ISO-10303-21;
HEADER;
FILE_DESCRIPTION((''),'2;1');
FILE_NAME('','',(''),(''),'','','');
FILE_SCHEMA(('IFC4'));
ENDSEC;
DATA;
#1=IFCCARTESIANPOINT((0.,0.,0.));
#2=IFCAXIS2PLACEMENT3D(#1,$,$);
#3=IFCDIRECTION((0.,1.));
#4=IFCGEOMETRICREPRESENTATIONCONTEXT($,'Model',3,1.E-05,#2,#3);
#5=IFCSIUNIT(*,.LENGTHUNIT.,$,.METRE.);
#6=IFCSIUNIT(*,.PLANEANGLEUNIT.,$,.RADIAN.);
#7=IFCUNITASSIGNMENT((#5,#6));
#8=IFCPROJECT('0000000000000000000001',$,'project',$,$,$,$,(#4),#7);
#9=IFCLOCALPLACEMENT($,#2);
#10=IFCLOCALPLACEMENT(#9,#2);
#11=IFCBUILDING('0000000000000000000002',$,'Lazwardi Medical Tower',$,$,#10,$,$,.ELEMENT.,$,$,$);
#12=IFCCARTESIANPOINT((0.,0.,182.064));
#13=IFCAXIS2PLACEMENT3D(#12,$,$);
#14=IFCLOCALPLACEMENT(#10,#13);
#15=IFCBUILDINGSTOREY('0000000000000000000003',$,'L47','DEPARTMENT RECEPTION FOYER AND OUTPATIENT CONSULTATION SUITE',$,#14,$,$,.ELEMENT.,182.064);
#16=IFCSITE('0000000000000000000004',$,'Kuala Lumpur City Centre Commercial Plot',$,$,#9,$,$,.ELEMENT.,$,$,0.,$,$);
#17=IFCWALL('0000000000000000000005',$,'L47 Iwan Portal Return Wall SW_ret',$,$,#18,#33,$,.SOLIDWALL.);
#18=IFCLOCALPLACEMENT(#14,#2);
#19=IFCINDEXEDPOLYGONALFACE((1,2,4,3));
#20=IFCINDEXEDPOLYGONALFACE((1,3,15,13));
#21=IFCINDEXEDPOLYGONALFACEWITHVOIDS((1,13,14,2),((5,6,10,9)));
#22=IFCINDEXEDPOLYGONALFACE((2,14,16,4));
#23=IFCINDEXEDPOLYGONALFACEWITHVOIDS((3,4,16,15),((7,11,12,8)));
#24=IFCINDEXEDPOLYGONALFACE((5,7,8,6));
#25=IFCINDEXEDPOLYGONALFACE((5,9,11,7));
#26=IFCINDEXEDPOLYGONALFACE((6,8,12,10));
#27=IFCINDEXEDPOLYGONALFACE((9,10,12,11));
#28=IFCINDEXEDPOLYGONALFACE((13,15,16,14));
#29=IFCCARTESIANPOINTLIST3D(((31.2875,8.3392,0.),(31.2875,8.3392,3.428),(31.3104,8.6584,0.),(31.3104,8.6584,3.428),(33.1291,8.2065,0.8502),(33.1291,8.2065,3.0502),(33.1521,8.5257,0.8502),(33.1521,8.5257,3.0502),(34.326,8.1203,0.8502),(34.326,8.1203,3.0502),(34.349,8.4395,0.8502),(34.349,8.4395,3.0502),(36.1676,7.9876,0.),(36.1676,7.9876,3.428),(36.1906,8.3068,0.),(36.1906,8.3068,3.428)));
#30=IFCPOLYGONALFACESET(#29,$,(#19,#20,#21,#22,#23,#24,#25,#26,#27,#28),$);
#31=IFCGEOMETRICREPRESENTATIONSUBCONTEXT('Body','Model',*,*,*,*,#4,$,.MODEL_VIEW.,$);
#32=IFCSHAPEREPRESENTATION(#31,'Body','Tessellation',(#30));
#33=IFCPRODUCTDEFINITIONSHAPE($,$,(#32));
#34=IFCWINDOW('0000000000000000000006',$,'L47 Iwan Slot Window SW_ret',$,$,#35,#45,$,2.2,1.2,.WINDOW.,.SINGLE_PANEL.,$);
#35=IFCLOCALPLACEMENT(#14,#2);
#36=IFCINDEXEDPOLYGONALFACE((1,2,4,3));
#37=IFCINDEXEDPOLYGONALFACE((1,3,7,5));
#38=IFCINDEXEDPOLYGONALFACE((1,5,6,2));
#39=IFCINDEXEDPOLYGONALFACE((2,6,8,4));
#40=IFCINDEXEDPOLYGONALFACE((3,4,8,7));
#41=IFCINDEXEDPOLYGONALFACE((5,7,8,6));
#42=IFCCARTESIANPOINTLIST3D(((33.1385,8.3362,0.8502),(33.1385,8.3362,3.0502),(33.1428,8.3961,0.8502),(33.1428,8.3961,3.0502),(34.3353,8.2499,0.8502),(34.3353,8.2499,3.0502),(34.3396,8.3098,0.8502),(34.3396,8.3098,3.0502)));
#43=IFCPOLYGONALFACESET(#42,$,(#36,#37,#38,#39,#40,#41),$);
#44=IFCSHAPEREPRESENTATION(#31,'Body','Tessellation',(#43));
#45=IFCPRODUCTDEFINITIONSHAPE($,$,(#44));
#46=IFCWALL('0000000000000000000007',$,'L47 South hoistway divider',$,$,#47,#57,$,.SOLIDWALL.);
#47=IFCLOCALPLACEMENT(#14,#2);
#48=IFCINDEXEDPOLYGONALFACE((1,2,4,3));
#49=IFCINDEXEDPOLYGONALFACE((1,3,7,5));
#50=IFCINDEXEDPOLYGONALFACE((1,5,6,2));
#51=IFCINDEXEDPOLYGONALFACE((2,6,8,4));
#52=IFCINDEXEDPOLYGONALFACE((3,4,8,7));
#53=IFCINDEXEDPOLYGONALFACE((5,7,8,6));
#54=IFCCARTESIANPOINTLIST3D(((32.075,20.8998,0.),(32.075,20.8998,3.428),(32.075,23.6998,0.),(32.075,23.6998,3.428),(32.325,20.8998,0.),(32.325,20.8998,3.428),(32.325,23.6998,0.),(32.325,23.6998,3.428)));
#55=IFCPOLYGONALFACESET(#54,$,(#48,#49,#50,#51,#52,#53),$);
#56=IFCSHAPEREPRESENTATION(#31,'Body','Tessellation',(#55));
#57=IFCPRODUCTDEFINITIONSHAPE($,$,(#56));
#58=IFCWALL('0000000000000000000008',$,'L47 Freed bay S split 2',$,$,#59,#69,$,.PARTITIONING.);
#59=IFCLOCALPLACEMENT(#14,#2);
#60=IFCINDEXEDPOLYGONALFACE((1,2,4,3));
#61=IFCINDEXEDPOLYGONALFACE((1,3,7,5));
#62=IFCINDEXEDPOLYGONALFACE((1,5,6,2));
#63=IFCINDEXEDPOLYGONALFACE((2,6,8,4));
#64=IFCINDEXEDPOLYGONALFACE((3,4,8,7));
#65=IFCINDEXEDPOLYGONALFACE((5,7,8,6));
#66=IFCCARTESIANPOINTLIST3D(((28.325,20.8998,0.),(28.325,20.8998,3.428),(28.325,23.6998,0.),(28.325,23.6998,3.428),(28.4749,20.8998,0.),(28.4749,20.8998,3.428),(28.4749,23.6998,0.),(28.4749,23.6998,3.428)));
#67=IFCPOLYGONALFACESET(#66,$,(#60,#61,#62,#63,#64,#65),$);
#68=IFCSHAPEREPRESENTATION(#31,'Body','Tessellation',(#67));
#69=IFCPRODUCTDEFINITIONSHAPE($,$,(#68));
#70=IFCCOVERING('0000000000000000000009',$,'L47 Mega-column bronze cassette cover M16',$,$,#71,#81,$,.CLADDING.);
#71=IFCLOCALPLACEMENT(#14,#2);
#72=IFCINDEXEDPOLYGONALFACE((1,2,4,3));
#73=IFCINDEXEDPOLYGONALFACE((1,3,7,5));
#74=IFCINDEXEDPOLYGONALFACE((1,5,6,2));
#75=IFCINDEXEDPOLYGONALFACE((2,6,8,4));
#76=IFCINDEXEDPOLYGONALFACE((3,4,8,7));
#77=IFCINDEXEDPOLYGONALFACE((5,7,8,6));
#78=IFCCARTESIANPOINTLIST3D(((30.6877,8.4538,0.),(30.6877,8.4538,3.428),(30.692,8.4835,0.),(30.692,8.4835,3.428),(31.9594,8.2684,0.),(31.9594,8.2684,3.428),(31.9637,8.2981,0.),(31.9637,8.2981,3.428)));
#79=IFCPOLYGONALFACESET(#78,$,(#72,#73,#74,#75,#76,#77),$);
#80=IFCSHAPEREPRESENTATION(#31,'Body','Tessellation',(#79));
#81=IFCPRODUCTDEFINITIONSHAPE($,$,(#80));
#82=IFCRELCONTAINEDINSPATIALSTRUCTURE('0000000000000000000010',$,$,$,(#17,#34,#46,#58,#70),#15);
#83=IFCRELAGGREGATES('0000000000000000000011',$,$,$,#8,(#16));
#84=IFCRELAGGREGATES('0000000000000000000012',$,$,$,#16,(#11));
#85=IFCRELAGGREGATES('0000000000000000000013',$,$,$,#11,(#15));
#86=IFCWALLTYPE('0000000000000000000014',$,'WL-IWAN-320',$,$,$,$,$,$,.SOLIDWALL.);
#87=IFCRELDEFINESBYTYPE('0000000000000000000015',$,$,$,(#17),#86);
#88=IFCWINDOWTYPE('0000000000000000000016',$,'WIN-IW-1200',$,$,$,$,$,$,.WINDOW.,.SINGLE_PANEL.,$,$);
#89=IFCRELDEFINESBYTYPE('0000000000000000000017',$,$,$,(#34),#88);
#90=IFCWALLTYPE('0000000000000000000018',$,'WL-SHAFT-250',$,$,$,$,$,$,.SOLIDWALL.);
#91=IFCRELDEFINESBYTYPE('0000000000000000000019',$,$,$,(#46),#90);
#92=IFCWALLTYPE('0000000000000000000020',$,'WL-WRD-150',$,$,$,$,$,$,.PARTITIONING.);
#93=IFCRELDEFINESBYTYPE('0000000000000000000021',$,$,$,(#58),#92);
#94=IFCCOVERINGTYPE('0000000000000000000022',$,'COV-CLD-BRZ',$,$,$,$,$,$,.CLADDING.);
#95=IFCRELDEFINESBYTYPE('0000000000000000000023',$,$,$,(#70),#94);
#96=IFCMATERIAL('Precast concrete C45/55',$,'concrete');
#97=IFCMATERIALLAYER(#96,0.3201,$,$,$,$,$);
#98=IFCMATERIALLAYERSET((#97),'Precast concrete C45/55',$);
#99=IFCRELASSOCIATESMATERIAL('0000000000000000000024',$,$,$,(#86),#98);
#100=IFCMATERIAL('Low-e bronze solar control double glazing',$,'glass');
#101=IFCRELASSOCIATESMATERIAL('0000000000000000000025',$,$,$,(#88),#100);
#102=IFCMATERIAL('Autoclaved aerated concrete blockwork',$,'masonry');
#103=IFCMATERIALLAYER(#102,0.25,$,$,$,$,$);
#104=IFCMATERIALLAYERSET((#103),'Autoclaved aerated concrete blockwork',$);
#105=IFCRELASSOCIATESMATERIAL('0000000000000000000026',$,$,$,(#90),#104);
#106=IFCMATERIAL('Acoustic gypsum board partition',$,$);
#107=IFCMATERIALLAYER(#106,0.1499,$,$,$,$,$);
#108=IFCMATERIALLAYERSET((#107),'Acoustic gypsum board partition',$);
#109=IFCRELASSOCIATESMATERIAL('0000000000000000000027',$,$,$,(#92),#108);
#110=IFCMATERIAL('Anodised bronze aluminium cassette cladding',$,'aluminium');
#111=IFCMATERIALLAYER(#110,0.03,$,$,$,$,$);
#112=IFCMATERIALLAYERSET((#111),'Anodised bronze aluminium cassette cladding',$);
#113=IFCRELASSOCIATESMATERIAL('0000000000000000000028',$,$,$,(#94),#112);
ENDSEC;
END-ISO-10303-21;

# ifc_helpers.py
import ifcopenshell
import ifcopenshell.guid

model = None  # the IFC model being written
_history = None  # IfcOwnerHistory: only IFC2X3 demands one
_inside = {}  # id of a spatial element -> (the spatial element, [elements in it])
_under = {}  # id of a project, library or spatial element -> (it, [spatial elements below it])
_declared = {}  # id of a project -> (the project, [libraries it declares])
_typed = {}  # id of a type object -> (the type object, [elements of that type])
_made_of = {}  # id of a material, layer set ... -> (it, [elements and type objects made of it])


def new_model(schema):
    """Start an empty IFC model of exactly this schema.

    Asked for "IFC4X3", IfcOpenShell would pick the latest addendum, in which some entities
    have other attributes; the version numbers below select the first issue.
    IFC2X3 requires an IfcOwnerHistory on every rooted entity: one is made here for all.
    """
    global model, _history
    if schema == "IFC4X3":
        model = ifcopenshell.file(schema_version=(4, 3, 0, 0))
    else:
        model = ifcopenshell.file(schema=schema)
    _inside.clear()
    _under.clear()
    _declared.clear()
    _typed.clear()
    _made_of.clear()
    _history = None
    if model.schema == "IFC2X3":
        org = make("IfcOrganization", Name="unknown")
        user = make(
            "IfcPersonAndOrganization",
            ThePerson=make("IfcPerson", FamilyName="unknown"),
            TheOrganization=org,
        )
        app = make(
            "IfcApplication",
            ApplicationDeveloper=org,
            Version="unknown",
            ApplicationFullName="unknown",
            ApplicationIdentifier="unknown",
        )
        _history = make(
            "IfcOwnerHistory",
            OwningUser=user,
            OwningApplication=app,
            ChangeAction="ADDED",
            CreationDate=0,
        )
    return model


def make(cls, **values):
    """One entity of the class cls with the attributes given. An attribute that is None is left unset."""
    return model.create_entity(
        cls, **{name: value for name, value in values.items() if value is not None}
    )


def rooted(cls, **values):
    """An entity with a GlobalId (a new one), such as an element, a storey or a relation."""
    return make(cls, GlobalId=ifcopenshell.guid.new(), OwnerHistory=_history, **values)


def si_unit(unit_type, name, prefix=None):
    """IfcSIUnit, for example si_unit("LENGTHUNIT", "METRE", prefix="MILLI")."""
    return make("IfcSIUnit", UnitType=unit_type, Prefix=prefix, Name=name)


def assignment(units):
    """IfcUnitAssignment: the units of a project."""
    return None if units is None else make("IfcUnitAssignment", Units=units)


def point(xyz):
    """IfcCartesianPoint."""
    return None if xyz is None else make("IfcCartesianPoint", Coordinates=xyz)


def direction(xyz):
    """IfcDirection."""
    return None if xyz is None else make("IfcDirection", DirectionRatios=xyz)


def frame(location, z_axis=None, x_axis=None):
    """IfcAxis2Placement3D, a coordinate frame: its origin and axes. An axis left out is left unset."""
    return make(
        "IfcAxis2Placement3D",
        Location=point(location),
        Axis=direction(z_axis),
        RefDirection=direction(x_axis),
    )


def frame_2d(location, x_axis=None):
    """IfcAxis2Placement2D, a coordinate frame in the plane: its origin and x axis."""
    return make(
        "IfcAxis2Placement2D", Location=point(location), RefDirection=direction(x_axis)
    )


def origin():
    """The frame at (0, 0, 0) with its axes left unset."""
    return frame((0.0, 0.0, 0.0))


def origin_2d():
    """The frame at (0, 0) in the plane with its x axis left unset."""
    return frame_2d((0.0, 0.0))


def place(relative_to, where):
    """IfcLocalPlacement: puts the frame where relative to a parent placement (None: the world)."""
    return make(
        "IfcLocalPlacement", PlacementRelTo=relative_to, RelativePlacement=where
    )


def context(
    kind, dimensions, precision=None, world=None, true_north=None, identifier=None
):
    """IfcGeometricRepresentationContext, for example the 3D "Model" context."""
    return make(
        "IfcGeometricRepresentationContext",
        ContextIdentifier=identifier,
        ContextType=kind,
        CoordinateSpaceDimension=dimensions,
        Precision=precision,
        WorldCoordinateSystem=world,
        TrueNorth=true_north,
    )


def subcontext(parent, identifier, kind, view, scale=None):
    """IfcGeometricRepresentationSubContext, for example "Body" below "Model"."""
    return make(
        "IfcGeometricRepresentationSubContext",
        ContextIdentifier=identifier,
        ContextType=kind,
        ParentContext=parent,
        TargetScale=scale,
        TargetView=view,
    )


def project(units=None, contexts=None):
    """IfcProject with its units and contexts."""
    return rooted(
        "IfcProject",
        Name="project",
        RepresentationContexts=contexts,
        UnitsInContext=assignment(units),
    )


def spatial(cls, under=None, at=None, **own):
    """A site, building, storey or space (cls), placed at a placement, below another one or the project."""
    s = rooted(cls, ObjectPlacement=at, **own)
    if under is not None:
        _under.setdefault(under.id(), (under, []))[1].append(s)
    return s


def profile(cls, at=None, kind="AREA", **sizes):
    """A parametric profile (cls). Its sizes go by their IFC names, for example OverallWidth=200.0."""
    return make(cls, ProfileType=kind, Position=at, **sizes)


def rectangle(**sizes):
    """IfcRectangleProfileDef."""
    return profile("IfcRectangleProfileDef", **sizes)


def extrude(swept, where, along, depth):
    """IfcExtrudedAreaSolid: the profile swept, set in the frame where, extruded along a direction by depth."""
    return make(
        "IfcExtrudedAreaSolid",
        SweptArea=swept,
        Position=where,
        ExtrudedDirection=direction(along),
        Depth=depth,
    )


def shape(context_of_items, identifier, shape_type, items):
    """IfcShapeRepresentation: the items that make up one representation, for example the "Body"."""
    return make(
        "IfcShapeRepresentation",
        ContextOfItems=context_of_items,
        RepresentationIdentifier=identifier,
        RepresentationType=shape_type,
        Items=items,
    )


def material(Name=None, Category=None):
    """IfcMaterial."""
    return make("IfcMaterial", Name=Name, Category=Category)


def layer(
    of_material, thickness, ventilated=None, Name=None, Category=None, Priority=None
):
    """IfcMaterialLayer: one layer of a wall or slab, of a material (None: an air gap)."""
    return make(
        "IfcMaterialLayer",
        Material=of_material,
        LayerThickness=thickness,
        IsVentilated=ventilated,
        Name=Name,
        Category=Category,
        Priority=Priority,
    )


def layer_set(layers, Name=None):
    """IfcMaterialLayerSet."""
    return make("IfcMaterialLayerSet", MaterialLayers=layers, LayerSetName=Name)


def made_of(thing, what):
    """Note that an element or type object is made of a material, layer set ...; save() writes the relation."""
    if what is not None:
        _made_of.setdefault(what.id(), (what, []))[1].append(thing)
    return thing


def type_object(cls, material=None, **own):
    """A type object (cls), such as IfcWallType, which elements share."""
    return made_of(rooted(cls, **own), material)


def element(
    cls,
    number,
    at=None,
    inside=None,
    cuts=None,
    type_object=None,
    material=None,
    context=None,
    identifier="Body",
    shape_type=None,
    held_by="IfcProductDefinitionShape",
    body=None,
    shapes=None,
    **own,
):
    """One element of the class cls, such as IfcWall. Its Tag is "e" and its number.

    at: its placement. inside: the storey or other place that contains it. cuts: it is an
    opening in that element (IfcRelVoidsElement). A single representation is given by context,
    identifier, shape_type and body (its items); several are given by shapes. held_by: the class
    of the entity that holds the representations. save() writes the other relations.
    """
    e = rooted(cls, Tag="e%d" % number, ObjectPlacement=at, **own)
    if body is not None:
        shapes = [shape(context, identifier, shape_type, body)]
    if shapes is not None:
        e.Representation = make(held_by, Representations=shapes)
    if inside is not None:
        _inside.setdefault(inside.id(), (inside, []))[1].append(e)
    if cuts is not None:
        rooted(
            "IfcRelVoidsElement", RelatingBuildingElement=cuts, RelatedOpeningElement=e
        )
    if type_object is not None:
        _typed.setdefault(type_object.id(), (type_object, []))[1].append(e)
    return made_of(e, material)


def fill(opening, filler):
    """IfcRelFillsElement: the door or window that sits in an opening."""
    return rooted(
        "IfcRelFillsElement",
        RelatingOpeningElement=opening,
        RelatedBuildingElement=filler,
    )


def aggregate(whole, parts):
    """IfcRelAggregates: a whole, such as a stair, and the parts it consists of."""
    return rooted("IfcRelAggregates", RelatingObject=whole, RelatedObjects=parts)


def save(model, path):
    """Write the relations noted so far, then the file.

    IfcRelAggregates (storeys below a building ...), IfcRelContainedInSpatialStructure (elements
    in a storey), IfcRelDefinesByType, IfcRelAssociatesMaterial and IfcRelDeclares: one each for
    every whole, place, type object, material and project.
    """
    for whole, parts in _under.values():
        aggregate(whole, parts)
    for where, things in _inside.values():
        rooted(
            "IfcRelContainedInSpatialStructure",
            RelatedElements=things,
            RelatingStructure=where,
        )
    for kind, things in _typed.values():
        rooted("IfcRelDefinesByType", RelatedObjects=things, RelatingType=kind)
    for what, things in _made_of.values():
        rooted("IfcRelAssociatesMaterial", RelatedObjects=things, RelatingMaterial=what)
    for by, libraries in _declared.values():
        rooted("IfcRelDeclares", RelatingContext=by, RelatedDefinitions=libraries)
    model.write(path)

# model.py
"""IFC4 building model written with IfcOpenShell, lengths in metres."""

from ifc_helpers import new_model, si_unit, direction, frame, frame_2d, origin, origin_2d, place, context, subcontext, project, spatial, rectangle, extrude, material, layer, layer_set, type_object, element, fill, save


model = new_model("IFC4")

# Units and contexts
model_context = context("Model", 3, precision=1e-05, world=origin(), true_north=direction((0.0, 1.0)))
body_context = subcontext(model_context, "Body", "Model", "MODEL_VIEW")
ifc_project = project(units=[si_unit("LENGTHUNIT", "METRE"), si_unit("PLANEANGLEUNIT", "RADIAN")], contexts=[model_context])

# Site, building, storey
site_placement = place(None, origin())
site = spatial("IfcSite", under=ifc_project, at=site_placement, Name="Kuala Lumpur City Centre Commercial Plot", CompositionType="ELEMENT", RefElevation=0.0)
building_placement = place(site_placement, origin())
building = spatial("IfcBuilding", under=site, at=building_placement, Name="Lazwardi Medical Tower", CompositionType="ELEMENT")
storey_placement = place(building_placement, frame((0.0, 0.0, 182.064)))
storey = spatial("IfcBuildingStorey", under=building, at=storey_placement, Name="L47", Description="DEPARTMENT RECEPTION FOYER AND OUTPATIENT CONSULTATION SUITE", CompositionType="ELEMENT", Elevation=182.064)

# Shared definitions
ifc_material_1 = material(Name="Low-e bronze solar control double glazing", Category="glass")

# Wall, opening, window
ifc_material_2 = material(Name="Precast concrete C45/55", Category="concrete")
ifc_layer_1 = layer(ifc_material_2, 0.3201)
ifc_layer_set_1 = layer_set([ifc_layer_1], Name="Precast concrete C45/55")
wall_type_1 = type_object("IfcWallType", Name="WL-IWAN-320", PredefinedType="SOLIDWALL", material=ifc_layer_set_1)
wall_1_placement = place(storey_placement, frame((31.2991, 8.4988, 0.0), z_axis=(0.0, 0.0, 1.0), x_axis=(0.997415, -0.071853, 0.0)))
wall_1 = element("IfcWall", 1, at=wall_1_placement, inside=storey, type_object=wall_type_1, Name="L47 Iwan Portal Return Wall SW_ret", PredefinedType="SOLIDWALL", context=body_context, shape_type="SweptSolid", body=[
    extrude(rectangle(XDim=4.8928, YDim=0.3201, at=frame_2d((2.4463, 0.0))), origin(), (0.0, 0.0, 1.0), 3.428),
])
opening_1_placement = place(wall_1_placement, frame((1.8462, 0.0, 0.8501)))
opening_1 = element("IfcOpeningElement", 2, at=opening_1_placement, cuts=wall_1, PredefinedType="OPENING", context=body_context, shape_type="SweptSolid", body=[
    extrude(rectangle(XDim=1.2, YDim=2.2, at=frame_2d((0.6001, 1.1001))), frame((0.0, 0.1699, 0.0), z_axis=(0.0, -1.0, 0.0), x_axis=(1.0, 0.0, 0.0)), (0.0, 0.0, 1.0), 0.3401),
])
window_type = type_object("IfcWindowType", Name="WIN-IW-1200", PartitioningType="SINGLE_PANEL", PredefinedType="WINDOW", material=ifc_material_1)
window_placement = place(opening_1_placement, origin())
window = element("IfcWindow", 3, at=window_placement, inside=storey, type_object=window_type, Name="L47 Iwan Slot Window SW_ret", OverallHeight=2.2, OverallWidth=1.2, PartitioningType="SINGLE_PANEL", PredefinedType="WINDOW", context=body_context, shape_type="SweptSolid", body=[
    extrude(rectangle(XDim=1.2, YDim=2.2, at=frame_2d((0.6001, 1.1001))), frame((0.0, 0.03, 0.0), z_axis=(0.0, -1.0, 0.0), x_axis=(1.0, 0.0, 0.0)), (0.0, 0.0, 1.0), 0.0601),
])
fill(opening_1, window)

# Walls
ifc_material_3 = material(Name="Autoclaved aerated concrete blockwork", Category="masonry")
ifc_layer_2 = layer(ifc_material_3, 0.25)
ifc_layer_set_2 = layer_set([ifc_layer_2], Name="Autoclaved aerated concrete blockwork")
wall_type_2 = type_object("IfcWallType", Name="WL-SHAFT-250", PredefinedType="SOLIDWALL", material=ifc_layer_set_2)
wall_2_placement = place(storey_placement, frame((32.2, 20.8999, 0.0), z_axis=(0.0, 0.0, 1.0), x_axis=(0.0, 1.0, 0.0)))
element("IfcWall", 4, at=wall_2_placement, inside=storey, type_object=wall_type_2, Name="L47 South hoistway divider", PredefinedType="SOLIDWALL", context=body_context, shape_type="SweptSolid", body=[
    extrude(rectangle(XDim=2.8, YDim=0.25, at=frame_2d((1.3999, 0.0))), origin(), (0.0, 0.0, 1.0), 3.428),
])
ifc_material_4 = material(Name="Acoustic gypsum board partition")
ifc_layer_3 = layer(ifc_material_4, 0.1499)
ifc_layer_set_3 = layer_set([ifc_layer_3], Name="Acoustic gypsum board partition")
wall_type_3 = type_object("IfcWallType", Name="WL-WRD-150", PredefinedType="PARTITIONING", material=ifc_layer_set_3)
wall_3_placement = place(storey_placement, frame((28.3999, 20.8999, 0.0), z_axis=(0.0, 0.0, 1.0), x_axis=(0.0, 1.0, 0.0)))
element("IfcWall", 5, at=wall_3_placement, inside=storey, type_object=wall_type_3, Name="L47 Freed bay S split 2", PredefinedType="PARTITIONING", context=body_context, shape_type="SweptSolid", body=[
    extrude(rectangle(XDim=2.8, YDim=0.1499, at=frame_2d((1.3999, 0.0))), origin(), (0.0, 0.0, 1.0), 3.428),
])

# Covering
ifc_material_5 = material(Name="Anodised bronze aluminium cassette cladding", Category="aluminium")
ifc_layer_4 = layer(ifc_material_5, 0.03)
ifc_layer_set_4 = layer_set([ifc_layer_4], Name="Anodised bronze aluminium cassette cladding")
covering_type = type_object("IfcCoveringType", Name="COV-CLD-BRZ", PredefinedType="CLADDING", material=ifc_layer_set_4)
covering_placement = place(storey_placement, frame((31.3257, 8.376, 0.0), z_axis=(0.0, 0.0, 1.0), x_axis=(0.989539, -0.144265, 0.0)))
element("IfcCovering", 6, at=covering_placement, inside=storey, type_object=covering_type, Name="L47 Mega-column bronze cassette cover M16", PredefinedType="CLADDING", context=body_context, shape_type="SweptSolid", body=[
    extrude(rectangle(XDim=1.2852, YDim=0.03, at=origin_2d()), origin(), (0.0, 0.0, 1.0), 3.428),
])

save(model, "model.ifc")
